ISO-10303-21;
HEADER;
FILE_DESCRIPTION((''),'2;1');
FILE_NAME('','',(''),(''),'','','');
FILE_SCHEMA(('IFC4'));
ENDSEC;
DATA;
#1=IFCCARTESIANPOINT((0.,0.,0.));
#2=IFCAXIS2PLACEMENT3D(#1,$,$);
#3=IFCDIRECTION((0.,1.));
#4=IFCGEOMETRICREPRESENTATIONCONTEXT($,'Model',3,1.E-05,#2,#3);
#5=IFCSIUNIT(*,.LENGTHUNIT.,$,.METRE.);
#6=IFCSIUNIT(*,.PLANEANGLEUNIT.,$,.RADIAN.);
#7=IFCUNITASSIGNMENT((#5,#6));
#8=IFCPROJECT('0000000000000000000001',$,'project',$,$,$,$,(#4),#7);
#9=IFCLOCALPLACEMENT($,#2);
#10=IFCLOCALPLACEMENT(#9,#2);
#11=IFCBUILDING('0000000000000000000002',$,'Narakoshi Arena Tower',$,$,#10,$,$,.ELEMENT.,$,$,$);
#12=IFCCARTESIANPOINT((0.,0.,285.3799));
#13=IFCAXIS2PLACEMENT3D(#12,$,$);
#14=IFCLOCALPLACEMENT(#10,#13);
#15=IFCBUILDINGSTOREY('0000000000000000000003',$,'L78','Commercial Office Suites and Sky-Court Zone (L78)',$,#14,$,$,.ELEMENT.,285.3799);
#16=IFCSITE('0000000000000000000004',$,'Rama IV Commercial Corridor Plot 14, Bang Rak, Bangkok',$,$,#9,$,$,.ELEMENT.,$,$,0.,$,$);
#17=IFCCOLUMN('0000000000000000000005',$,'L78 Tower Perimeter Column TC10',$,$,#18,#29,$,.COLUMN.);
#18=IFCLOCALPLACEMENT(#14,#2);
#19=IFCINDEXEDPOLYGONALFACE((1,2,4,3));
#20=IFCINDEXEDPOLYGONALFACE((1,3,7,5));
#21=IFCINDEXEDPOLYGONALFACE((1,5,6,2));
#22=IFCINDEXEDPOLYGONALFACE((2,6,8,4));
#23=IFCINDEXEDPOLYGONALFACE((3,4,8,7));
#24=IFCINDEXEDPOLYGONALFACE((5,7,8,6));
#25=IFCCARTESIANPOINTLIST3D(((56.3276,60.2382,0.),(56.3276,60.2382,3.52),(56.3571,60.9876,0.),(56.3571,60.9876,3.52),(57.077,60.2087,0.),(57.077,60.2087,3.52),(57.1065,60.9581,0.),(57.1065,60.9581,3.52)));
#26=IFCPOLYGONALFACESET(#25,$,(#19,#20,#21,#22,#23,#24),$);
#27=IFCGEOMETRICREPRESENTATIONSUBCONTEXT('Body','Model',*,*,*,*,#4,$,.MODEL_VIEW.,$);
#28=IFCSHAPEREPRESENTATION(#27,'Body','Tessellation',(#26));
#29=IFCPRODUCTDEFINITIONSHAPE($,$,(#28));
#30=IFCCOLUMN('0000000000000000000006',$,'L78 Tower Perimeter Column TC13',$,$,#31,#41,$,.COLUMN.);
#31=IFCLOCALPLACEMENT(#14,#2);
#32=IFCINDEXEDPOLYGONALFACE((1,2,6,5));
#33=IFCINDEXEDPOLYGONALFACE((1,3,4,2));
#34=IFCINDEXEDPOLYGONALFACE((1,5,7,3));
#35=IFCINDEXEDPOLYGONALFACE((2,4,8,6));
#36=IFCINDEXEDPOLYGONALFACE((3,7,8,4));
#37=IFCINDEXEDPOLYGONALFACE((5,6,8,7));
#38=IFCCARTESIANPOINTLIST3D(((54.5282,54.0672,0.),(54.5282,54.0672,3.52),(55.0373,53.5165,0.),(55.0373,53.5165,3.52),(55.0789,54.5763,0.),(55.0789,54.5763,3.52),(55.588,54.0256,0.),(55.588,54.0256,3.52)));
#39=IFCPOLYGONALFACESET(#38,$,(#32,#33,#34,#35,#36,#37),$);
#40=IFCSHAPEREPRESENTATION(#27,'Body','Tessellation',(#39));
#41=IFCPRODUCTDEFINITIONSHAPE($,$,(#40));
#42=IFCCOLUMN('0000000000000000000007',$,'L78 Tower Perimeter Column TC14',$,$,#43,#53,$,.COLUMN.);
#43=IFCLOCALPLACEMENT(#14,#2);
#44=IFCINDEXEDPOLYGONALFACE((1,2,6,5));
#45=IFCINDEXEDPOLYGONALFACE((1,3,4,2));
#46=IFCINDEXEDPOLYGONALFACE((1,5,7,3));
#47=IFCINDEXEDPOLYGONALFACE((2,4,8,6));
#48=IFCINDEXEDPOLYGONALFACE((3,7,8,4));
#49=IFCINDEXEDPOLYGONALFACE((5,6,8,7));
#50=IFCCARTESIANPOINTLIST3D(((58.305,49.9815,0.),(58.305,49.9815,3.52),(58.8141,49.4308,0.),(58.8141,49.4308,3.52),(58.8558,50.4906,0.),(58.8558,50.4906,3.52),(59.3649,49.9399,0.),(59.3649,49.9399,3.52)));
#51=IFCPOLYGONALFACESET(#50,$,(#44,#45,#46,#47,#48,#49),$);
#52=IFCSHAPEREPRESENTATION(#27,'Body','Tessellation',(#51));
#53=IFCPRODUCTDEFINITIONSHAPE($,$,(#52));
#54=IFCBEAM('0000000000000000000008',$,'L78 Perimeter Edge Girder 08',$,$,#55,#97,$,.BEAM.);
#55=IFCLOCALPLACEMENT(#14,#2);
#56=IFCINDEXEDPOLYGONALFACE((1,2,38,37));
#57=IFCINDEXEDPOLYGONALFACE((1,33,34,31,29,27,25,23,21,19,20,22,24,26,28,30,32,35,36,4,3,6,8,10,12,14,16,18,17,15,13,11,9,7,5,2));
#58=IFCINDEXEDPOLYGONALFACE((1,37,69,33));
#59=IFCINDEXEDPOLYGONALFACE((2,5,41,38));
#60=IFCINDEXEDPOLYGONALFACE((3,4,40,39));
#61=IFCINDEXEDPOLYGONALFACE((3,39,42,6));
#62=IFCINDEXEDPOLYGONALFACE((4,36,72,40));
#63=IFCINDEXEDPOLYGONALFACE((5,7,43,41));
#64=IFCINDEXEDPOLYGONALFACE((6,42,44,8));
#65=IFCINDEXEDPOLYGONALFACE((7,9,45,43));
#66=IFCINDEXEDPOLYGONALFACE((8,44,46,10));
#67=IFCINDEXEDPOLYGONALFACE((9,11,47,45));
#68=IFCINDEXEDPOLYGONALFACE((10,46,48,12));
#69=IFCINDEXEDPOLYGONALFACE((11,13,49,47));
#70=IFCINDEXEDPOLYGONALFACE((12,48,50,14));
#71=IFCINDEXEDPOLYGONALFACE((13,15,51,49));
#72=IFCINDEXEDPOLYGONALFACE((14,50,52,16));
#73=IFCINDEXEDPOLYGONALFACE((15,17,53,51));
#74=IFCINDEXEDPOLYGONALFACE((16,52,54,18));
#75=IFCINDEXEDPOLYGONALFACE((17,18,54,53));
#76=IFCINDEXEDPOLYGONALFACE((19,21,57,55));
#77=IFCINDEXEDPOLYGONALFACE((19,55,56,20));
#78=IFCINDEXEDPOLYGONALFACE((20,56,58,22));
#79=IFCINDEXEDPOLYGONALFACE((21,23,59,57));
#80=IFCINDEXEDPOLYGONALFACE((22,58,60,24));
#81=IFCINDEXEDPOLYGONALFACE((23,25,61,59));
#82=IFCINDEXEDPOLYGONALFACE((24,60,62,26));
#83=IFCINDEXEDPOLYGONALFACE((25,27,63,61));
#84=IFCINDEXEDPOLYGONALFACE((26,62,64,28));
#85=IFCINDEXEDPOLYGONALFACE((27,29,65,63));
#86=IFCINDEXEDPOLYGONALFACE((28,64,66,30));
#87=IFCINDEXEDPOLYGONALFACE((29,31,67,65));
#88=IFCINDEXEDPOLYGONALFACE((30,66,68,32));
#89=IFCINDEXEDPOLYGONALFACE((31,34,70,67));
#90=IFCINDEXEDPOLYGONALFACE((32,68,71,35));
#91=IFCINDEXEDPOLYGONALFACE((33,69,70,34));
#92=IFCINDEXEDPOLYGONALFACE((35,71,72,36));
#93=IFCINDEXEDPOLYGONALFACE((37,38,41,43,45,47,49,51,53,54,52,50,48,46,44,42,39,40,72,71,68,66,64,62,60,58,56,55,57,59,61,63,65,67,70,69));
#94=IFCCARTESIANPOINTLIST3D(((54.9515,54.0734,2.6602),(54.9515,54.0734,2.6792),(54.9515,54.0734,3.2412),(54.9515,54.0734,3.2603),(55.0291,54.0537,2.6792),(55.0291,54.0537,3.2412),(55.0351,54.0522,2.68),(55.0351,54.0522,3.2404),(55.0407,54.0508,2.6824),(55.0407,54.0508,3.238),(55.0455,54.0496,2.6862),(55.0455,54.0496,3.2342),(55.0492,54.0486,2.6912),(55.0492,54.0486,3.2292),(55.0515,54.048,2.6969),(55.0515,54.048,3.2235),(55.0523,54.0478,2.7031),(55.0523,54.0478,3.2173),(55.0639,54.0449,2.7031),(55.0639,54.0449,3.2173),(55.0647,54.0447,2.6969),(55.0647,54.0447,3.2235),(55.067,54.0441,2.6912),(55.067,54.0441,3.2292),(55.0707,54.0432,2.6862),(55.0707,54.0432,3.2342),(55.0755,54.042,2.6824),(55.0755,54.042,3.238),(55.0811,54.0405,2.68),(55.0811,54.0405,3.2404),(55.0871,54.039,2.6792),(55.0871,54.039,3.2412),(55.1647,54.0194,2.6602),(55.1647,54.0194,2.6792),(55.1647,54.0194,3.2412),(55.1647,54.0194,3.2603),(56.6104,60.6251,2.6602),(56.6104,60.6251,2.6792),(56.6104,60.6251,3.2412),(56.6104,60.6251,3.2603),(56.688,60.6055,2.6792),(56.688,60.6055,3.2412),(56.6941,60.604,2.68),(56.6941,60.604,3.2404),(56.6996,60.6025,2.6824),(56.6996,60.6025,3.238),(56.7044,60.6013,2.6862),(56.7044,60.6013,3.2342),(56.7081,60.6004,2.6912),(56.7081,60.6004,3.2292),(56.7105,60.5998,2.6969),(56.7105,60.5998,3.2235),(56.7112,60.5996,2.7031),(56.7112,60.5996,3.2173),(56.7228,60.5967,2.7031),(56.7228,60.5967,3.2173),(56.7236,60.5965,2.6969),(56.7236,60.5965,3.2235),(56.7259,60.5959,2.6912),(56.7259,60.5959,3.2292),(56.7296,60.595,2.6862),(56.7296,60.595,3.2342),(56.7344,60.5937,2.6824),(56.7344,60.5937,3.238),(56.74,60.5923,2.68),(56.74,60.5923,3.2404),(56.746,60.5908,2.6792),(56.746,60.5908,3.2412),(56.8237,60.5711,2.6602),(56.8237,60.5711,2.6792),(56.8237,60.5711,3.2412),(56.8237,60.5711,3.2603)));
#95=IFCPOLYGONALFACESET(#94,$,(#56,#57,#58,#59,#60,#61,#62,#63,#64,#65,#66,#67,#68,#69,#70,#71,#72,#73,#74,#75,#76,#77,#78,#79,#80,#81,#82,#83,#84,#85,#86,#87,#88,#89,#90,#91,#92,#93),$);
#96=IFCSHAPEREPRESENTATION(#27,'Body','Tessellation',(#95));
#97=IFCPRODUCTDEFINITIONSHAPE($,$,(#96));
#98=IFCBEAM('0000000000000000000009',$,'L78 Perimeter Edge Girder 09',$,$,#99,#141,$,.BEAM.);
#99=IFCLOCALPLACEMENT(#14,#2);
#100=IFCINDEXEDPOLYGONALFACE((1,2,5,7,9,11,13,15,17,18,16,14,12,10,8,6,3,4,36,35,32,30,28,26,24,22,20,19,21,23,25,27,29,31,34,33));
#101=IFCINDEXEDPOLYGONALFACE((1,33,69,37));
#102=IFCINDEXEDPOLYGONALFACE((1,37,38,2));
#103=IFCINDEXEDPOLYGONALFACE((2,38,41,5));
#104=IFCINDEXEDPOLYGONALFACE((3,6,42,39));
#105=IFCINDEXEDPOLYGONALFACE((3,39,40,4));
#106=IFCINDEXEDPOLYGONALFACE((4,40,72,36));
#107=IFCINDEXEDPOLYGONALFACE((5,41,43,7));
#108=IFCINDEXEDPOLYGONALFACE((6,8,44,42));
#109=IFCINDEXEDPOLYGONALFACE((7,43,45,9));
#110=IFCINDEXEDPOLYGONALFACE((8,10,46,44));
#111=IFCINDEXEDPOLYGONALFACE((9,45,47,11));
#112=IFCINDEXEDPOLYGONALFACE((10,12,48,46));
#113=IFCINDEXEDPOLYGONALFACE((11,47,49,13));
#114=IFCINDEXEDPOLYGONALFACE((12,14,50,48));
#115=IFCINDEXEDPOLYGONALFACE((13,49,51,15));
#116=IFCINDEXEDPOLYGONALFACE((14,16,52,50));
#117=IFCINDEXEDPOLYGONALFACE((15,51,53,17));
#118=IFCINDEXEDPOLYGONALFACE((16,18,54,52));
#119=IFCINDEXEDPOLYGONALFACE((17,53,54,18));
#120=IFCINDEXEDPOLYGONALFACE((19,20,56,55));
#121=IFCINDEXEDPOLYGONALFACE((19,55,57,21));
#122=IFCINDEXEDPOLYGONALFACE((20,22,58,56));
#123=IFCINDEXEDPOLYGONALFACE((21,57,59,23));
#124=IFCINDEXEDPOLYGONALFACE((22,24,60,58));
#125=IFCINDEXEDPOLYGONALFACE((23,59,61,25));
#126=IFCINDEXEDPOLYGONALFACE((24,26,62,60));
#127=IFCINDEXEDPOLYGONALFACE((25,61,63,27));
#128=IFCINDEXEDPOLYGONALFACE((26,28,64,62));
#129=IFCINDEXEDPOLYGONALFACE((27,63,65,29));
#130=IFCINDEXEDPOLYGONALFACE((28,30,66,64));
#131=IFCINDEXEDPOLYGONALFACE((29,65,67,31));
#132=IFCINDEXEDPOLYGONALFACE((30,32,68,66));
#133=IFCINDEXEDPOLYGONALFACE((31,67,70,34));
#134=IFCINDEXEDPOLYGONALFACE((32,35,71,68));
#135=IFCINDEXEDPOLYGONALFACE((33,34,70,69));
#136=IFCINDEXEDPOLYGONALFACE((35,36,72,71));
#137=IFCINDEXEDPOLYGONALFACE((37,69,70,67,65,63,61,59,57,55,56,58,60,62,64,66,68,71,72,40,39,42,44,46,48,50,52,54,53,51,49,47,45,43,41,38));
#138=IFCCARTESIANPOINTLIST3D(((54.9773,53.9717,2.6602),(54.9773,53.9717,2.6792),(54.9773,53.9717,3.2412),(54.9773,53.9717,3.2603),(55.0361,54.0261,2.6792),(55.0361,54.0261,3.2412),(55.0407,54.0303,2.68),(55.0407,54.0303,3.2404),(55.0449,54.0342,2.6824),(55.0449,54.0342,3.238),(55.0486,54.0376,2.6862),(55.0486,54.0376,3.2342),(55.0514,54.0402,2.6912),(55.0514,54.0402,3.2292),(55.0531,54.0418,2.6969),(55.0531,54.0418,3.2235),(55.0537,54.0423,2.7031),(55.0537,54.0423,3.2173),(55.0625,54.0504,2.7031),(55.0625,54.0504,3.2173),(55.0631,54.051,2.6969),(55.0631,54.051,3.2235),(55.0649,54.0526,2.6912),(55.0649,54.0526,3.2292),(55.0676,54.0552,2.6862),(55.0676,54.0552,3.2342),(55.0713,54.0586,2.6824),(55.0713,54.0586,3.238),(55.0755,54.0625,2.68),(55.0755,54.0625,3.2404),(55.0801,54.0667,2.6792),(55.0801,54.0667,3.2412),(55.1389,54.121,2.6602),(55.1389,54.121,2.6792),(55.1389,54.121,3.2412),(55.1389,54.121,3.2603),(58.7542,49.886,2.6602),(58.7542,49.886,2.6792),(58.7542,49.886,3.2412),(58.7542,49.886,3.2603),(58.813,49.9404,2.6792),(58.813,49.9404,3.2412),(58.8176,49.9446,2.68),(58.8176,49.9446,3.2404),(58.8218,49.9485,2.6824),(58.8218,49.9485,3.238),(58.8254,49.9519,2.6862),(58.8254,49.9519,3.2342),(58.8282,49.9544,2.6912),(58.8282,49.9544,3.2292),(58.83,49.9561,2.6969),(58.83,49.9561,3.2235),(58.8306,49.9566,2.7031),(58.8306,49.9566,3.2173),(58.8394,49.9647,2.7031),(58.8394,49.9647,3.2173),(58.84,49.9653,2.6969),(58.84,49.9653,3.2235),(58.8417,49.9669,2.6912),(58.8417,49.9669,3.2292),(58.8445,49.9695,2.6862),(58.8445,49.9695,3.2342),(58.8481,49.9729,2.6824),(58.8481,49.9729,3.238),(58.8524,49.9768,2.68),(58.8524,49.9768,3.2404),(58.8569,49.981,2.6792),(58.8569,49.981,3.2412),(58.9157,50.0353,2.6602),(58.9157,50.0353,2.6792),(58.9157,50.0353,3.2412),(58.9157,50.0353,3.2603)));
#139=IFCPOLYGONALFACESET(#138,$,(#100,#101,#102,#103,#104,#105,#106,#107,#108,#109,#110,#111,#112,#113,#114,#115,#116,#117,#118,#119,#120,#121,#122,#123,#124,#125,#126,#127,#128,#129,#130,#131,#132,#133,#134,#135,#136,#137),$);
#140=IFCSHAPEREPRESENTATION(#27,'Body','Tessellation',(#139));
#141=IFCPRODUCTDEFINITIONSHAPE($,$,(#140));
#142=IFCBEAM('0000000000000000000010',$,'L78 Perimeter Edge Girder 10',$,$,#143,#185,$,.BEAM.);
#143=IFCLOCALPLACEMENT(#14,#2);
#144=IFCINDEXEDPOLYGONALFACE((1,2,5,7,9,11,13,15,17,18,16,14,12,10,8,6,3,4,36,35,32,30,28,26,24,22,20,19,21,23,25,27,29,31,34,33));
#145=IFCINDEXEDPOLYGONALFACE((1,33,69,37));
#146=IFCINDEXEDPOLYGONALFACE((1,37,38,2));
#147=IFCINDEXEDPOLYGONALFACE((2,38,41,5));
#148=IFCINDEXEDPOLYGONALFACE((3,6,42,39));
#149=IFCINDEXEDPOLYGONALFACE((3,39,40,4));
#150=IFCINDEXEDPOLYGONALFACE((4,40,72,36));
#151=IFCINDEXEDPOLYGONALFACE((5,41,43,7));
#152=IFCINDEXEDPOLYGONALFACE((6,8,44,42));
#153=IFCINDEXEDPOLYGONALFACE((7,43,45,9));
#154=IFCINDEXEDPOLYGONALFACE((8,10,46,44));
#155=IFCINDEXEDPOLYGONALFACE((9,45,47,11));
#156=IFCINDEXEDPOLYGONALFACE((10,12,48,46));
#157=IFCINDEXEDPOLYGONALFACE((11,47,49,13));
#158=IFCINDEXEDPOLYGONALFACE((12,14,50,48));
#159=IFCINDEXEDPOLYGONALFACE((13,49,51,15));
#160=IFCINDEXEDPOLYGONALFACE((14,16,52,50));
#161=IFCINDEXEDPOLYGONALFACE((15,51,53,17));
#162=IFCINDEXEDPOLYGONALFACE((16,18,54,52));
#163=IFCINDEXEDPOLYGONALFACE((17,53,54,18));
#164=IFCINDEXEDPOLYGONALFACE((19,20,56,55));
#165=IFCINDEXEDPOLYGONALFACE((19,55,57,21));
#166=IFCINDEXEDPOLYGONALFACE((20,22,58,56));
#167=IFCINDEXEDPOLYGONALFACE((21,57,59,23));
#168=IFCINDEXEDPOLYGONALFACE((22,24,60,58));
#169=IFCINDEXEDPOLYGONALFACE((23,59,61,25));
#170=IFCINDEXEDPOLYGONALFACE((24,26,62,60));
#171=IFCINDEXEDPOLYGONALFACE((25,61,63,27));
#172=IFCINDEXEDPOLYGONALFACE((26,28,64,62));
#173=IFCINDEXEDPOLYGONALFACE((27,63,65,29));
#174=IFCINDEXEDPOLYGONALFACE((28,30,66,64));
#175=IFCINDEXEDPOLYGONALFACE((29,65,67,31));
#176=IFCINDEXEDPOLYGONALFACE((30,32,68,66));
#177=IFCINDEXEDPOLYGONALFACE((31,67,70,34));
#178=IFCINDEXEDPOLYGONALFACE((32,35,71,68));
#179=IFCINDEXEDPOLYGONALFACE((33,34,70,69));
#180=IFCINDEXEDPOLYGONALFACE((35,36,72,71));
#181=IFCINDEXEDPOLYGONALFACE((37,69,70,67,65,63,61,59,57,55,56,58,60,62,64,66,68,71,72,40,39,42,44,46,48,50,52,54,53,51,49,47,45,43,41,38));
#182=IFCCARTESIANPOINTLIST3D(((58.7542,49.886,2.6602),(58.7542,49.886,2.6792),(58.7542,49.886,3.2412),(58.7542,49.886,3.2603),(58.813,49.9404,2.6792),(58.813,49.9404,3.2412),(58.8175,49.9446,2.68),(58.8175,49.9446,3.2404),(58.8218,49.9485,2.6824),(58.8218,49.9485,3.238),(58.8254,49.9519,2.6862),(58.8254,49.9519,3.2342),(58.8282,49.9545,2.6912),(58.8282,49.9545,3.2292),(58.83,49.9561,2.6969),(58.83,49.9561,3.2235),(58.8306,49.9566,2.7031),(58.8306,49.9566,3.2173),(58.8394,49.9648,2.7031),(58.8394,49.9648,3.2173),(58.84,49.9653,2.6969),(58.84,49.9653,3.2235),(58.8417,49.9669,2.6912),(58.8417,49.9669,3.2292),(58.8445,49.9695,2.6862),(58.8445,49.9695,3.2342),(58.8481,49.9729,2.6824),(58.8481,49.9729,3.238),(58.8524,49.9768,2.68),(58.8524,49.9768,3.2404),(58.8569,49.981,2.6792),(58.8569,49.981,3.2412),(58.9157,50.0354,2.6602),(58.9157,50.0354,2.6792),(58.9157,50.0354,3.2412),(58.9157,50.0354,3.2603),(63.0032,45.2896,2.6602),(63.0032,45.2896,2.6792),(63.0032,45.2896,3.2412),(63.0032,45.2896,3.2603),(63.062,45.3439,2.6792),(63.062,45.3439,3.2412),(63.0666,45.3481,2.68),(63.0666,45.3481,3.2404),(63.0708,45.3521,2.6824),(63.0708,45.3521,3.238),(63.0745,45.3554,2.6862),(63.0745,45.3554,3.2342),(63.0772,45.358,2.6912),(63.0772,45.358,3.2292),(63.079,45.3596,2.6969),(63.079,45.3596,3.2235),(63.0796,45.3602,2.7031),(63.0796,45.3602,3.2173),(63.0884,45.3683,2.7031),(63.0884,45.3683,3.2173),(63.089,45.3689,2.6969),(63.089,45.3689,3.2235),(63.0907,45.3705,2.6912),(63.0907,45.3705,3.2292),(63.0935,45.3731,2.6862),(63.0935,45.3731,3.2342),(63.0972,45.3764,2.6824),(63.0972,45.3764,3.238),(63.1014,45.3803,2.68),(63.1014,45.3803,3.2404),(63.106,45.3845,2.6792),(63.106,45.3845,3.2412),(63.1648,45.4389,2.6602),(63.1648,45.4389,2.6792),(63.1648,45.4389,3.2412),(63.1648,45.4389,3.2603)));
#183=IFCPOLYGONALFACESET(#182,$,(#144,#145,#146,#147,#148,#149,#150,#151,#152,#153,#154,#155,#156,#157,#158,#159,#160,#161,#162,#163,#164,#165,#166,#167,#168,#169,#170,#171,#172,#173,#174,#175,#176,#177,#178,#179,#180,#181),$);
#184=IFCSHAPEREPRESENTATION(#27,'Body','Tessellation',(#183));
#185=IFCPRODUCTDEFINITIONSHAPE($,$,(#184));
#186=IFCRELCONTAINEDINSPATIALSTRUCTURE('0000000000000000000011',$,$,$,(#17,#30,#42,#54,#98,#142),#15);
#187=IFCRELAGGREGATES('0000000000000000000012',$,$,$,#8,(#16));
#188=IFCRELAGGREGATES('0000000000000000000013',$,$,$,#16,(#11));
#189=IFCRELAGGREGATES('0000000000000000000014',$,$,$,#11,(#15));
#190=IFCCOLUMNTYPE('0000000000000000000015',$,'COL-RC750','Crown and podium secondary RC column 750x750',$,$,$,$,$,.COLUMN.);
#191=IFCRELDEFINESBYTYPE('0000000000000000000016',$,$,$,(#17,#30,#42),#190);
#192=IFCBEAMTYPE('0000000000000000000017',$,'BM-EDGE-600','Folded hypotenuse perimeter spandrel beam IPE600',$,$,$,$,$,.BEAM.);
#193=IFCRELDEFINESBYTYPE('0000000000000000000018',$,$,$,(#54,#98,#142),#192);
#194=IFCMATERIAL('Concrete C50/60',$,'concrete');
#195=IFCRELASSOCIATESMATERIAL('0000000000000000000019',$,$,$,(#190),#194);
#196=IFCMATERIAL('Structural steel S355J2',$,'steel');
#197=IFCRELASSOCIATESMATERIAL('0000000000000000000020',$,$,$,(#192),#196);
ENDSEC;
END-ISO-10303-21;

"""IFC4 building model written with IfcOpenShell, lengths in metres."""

from ifc_helpers import new_model, si_unit, direction, frame, origin, origin_2d, place, context, subcontext, project, spatial, rectangle, i_section, extrude, material, material_profile, profile_set, type_object, element, save


model = new_model("IFC4")

# Units and contexts
model_context = context("Model", 3, precision=1e-05, world=origin(), true_north=direction((0.0, 1.0)))
body_context = subcontext(model_context, "Body", "Model", "MODEL_VIEW")
ifc_project = project(units=[si_unit("LENGTHUNIT", "METRE"), si_unit("PLANEANGLEUNIT", "RADIAN")], contexts=[model_context])

# Site, building, storey
site_placement = place(None, origin())
site = spatial("IfcSite", under=ifc_project, at=site_placement, Name="Rama IV Commercial Corridor Plot 14, Bang Rak, Bangkok", CompositionType="ELEMENT", RefElevation=0.0)
building_placement = place(site_placement, origin())
building = spatial("IfcBuilding", under=site, at=building_placement, Name="Narakoshi Arena Tower", CompositionType="ELEMENT")
storey_placement = place(building_placement, frame((0.0, 0.0, 285.3799)))
storey = spatial("IfcBuildingStorey", under=building, at=storey_placement, Name="L78", Description="Commercial Office Suites and Sky-Court Zone (L78)", CompositionType="ELEMENT", Elevation=285.3799)

# Columns
ifc_material_1 = material(Name="Concrete C50/60", Category="concrete")
ifc_material_profile_1 = material_profile(ifc_material_1, rectangle(XDim=0.75, YDim=0.75, at=origin_2d()), Name="RC750x750")
ifc_profile_set_1 = profile_set([ifc_material_profile_1], Name="Concrete C50/60")
column_type = type_object("IfcColumnType", Name="COL-RC750", Description="Crown and podium secondary RC column 750x750", PredefinedType="COLUMN", material=ifc_profile_set_1)
for number, where, z_axis, x_axis, name in (
    (1, (56.717, 60.5981, 0.0), (0.0, 0.0, 1.0), (0.03926, 0.999229, 0.0), "L78 Tower Perimeter Column TC10"),
    (2, (55.0581, 54.0464, 0.0), (0.0, 0.0, 1.0), (-0.678801, 0.734323, 0.0), "L78 Tower Perimeter Column TC13"),
    (3, (58.835, 49.9607, 0.0), (0.0, 0.0, 1.0), (-0.678801, 0.734323, 0.0), "L78 Tower Perimeter Column TC14"),
):
    element("IfcColumn", number, at=place(storey_placement, frame(where, z_axis=z_axis, x_axis=x_axis)), inside=storey, type_object=column_type, Name=name, PredefinedType="COLUMN", context=body_context, shape_type="SweptSolid", body=[
        extrude(rectangle(XDim=0.75, YDim=0.75, at=origin_2d()), origin(), (0.0, 0.0, 1.0), 3.52),
    ])

# Beams
ifc_material_2 = material(Name="Structural steel S355J2", Category="steel")
ifc_material_profile_2 = material_profile(ifc_material_2, i_section(OverallWidth=0.22, OverallDepth=0.6001, WebThickness=0.012, FlangeThickness=0.019, FilletRadius=0.0239, at=origin_2d()), Name="IPE600")
ifc_profile_set_2 = profile_set([ifc_material_profile_2], Name="Structural steel S355J2")
beam_type_1 = type_object("IfcBeamType", Name="BM-EDGE-600", Description="Folded hypotenuse perimeter spandrel beam IPE600", PredefinedType="BEAM", material=ifc_profile_set_2)
beam_1_placement = place(storey_placement, frame((56.717, 60.5981, 2.9602), z_axis=(-0.245458, -0.969407, 0.0), x_axis=(0.969407, -0.245458, 0.0)))
element("IfcBeam", 4, at=beam_1_placement, inside=storey, type_object=beam_type_1, Name="L78 Perimeter Edge Girder 08", PredefinedType="BEAM", context=body_context, shape_type="SweptSolid", body=[
    extrude(i_section(OverallWidth=0.22, OverallDepth=0.6001, WebThickness=0.012, FlangeThickness=0.019, FilletRadius=0.0239, at=origin_2d()), origin(), (0.0, 0.0, 1.0), 6.7585),
])
beam_2_placement = place(storey_placement, frame((55.0581, 54.0464, 2.9602), z_axis=(0.678808, -0.734315, 0.0), x_axis=(0.734315, 0.678808, 0.0)))
element("IfcBeam", 5, at=beam_2_placement, inside=storey, type_object=beam_type_1, Name="L78 Perimeter Edge Girder 09", PredefinedType="BEAM", context=body_context, shape_type="SweptSolid", body=[
    extrude(i_section(OverallWidth=0.22, OverallDepth=0.6001, WebThickness=0.012, FlangeThickness=0.019, FilletRadius=0.0239, at=origin_2d()), origin(), (0.0, 0.0, 1.0), 5.564),
])
beam_3_placement = place(storey_placement, frame((58.835, 49.9607, 2.9602), z_axis=(0.678811, -0.734313, 0.0), x_axis=(0.734313, 0.678811, 0.0)))
element("IfcBeam", 6, at=beam_3_placement, inside=storey, type_object=beam_type_1, Name="L78 Perimeter Edge Girder 10", PredefinedType="BEAM", context=body_context, shape_type="SweptSolid", body=[
    extrude(i_section(OverallWidth=0.22, OverallDepth=0.6001, WebThickness=0.012, FlangeThickness=0.019, FilletRadius=0.0239, at=origin_2d()), origin(), (0.0, 0.0, 1.0), 6.2595),
])

save(model, "model.ifc")
